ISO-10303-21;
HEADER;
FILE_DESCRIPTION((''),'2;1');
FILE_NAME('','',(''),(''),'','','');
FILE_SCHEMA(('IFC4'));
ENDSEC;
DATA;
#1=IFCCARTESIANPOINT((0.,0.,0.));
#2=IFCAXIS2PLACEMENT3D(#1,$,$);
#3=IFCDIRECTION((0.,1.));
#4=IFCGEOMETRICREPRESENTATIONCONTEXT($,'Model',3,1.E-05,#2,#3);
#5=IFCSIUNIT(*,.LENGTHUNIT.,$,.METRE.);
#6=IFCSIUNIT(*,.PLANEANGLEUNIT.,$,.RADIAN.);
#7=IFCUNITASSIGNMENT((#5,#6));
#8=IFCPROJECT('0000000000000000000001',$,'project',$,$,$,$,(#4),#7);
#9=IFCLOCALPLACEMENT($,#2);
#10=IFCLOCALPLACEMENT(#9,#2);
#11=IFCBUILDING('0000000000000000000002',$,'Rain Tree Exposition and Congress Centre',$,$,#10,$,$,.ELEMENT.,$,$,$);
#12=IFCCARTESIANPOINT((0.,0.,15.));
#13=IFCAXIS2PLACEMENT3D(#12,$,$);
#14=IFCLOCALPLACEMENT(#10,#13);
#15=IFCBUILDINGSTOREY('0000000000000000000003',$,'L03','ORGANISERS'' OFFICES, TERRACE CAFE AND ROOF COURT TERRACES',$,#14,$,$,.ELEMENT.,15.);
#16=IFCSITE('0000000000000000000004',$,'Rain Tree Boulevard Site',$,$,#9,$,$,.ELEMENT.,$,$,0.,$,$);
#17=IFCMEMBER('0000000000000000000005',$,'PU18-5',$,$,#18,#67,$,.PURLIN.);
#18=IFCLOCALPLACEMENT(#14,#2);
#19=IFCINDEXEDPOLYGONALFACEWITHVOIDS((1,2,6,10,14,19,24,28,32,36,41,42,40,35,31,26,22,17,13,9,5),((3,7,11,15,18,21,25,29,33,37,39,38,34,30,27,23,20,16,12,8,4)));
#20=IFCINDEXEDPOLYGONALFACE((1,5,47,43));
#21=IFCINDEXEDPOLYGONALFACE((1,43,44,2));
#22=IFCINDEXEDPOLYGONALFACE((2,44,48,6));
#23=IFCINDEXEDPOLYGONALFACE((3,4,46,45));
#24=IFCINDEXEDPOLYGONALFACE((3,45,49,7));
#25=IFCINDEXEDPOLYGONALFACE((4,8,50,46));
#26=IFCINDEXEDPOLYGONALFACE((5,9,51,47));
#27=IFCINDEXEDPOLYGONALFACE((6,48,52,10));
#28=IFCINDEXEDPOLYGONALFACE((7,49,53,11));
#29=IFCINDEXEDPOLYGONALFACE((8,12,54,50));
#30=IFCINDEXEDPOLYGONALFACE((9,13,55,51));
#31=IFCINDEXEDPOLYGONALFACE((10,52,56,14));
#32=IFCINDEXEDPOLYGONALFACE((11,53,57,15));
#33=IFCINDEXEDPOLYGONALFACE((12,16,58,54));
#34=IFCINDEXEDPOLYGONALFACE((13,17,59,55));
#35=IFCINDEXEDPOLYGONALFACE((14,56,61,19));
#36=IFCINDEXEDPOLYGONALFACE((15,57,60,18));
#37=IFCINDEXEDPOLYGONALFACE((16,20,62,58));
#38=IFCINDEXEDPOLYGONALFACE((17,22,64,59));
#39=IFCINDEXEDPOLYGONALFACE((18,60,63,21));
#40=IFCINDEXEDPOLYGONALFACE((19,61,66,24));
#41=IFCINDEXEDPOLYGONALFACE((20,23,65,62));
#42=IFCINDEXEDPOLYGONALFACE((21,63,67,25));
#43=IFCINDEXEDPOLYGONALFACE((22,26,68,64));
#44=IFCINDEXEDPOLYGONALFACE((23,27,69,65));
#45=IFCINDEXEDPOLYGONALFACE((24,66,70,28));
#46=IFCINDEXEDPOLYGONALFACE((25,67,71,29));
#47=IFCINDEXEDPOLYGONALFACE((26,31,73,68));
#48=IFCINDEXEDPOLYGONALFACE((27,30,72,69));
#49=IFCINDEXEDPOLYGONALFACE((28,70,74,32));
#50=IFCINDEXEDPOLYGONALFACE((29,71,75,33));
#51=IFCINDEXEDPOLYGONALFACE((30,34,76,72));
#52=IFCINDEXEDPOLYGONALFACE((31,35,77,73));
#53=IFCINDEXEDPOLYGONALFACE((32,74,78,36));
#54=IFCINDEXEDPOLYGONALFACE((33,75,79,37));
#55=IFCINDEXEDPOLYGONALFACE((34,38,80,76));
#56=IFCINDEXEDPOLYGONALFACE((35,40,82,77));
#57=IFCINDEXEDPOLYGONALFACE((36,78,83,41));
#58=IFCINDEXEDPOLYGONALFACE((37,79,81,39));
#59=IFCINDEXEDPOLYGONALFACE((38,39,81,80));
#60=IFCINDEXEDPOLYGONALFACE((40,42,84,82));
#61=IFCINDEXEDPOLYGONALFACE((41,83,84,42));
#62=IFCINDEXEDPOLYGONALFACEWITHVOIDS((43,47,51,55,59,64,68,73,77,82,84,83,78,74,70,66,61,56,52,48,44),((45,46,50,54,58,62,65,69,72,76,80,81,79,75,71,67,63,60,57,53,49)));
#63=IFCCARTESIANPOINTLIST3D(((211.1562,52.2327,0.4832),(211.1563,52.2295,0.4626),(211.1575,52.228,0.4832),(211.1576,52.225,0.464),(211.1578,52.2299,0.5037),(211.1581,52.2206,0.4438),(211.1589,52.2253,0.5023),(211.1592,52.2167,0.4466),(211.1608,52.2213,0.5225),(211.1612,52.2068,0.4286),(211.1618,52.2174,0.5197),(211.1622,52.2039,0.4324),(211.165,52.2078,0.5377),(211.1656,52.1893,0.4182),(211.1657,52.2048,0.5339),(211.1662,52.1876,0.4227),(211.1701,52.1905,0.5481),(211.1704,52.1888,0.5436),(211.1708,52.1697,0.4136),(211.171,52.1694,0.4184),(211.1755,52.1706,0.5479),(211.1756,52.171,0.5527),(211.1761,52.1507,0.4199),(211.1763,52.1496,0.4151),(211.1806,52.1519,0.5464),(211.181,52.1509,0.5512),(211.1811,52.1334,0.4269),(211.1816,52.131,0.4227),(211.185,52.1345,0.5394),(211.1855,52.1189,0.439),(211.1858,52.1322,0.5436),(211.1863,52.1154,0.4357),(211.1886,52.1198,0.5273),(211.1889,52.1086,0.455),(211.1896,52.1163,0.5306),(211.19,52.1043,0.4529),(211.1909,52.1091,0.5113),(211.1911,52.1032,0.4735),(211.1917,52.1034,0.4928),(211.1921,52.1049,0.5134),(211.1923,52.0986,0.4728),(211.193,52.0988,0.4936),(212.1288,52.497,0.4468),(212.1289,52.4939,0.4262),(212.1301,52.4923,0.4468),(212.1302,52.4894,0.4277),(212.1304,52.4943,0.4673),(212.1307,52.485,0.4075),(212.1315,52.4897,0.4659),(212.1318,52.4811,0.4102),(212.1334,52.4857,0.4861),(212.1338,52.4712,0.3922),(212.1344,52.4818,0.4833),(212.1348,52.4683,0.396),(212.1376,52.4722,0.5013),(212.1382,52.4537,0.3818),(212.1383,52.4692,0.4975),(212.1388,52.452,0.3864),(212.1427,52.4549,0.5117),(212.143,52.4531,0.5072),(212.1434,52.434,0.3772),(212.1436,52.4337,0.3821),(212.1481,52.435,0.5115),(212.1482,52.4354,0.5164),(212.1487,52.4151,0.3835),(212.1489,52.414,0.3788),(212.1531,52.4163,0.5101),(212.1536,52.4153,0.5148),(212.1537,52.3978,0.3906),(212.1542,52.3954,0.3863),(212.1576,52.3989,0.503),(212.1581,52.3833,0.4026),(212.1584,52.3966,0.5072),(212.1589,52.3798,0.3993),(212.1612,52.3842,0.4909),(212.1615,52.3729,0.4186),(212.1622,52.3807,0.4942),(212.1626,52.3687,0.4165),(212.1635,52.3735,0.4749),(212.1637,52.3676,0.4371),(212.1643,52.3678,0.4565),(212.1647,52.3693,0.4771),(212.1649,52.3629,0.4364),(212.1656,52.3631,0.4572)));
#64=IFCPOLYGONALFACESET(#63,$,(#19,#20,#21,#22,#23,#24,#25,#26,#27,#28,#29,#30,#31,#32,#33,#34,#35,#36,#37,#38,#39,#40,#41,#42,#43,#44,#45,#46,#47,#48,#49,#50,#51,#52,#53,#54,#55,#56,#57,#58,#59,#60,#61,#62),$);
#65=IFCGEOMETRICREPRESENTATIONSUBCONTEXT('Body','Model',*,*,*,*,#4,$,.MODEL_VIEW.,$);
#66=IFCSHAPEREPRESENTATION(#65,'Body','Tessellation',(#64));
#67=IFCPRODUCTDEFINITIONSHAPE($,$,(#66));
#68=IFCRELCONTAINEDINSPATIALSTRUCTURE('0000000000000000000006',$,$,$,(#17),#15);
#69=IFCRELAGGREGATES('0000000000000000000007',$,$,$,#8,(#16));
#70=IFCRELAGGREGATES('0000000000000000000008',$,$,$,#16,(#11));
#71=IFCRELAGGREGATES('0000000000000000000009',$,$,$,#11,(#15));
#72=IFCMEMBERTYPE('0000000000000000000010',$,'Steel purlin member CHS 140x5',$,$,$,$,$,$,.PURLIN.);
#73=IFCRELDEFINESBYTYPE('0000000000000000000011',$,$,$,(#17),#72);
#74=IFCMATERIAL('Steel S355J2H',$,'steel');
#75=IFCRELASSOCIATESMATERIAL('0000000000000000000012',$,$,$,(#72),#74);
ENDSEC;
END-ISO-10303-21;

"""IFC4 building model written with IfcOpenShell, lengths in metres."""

from ifc_helpers import new_model, si_unit, direction, frame, origin, origin_2d, place, context, subcontext, project, spatial, hollow_circle, extrude, material, material_profile, profile_set, type_object, element, save


model = new_model("IFC4")

# Units and contexts
model_context = context("Model", 3, precision=1e-05, world=origin(), true_north=direction((0.0, 1.0)))
body_context = subcontext(model_context, "Body", "Model", "MODEL_VIEW")
ifc_project = project(units=[si_unit("LENGTHUNIT", "METRE"), si_unit("PLANEANGLEUNIT", "RADIAN")], contexts=[model_context])

# Site, building, storey
site_placement = place(None, origin())
site = spatial("IfcSite", under=ifc_project, at=site_placement, Name="Rain Tree Boulevard Site", CompositionType="ELEMENT", RefElevation=0.0)
building_placement = place(site_placement, origin())
building = spatial("IfcBuilding", under=site, at=building_placement, Name="Rain Tree Exposition and Congress Centre", CompositionType="ELEMENT")
storey_placement = place(building_placement, frame((0.0, 0.0, 15.0)))
storey = spatial("IfcBuildingStorey", under=building, at=storey_placement, Name="L03", Description="ORGANISERS' OFFICES, TERRACE CAFE AND ROOF COURT TERRACES", CompositionType="ELEMENT", Elevation=15.0)

# Member
ifc_material_1 = material(Name="Steel S355J2H", Category="steel")
ifc_material_profile_1 = material_profile(ifc_material_1, hollow_circle(Radius=0.0698, WallThickness=0.0049, at=origin_2d()), Name="CHS 140x5")
ifc_profile_set_1 = profile_set([ifc_material_profile_1], Name="Steel S355J2H")
member_type_1 = type_object("IfcMemberType", Name="Steel purlin member CHS 140x5", PredefinedType="PURLIN", material=ifc_profile_set_1)
member_1_placement = place(storey_placement, frame((211.1746, 52.1653, 0.4832), z_axis=(0.964354, 0.262147, -0.036066), x_axis=(-0.262318, 0.964981, 0.0)))
element("IfcMember", 1, at=member_1_placement, inside=storey, type_object=member_type_1, Name="PU18-5", PredefinedType="PURLIN", context=body_context, shape_type="SweptSolid", body=[
    extrude(hollow_circle(Radius=0.0698, WallThickness=0.0049, at=origin_2d()), origin(), (0.0, 0.0, 1.0), 1.0085),
])

save(model, "model.ifc")
